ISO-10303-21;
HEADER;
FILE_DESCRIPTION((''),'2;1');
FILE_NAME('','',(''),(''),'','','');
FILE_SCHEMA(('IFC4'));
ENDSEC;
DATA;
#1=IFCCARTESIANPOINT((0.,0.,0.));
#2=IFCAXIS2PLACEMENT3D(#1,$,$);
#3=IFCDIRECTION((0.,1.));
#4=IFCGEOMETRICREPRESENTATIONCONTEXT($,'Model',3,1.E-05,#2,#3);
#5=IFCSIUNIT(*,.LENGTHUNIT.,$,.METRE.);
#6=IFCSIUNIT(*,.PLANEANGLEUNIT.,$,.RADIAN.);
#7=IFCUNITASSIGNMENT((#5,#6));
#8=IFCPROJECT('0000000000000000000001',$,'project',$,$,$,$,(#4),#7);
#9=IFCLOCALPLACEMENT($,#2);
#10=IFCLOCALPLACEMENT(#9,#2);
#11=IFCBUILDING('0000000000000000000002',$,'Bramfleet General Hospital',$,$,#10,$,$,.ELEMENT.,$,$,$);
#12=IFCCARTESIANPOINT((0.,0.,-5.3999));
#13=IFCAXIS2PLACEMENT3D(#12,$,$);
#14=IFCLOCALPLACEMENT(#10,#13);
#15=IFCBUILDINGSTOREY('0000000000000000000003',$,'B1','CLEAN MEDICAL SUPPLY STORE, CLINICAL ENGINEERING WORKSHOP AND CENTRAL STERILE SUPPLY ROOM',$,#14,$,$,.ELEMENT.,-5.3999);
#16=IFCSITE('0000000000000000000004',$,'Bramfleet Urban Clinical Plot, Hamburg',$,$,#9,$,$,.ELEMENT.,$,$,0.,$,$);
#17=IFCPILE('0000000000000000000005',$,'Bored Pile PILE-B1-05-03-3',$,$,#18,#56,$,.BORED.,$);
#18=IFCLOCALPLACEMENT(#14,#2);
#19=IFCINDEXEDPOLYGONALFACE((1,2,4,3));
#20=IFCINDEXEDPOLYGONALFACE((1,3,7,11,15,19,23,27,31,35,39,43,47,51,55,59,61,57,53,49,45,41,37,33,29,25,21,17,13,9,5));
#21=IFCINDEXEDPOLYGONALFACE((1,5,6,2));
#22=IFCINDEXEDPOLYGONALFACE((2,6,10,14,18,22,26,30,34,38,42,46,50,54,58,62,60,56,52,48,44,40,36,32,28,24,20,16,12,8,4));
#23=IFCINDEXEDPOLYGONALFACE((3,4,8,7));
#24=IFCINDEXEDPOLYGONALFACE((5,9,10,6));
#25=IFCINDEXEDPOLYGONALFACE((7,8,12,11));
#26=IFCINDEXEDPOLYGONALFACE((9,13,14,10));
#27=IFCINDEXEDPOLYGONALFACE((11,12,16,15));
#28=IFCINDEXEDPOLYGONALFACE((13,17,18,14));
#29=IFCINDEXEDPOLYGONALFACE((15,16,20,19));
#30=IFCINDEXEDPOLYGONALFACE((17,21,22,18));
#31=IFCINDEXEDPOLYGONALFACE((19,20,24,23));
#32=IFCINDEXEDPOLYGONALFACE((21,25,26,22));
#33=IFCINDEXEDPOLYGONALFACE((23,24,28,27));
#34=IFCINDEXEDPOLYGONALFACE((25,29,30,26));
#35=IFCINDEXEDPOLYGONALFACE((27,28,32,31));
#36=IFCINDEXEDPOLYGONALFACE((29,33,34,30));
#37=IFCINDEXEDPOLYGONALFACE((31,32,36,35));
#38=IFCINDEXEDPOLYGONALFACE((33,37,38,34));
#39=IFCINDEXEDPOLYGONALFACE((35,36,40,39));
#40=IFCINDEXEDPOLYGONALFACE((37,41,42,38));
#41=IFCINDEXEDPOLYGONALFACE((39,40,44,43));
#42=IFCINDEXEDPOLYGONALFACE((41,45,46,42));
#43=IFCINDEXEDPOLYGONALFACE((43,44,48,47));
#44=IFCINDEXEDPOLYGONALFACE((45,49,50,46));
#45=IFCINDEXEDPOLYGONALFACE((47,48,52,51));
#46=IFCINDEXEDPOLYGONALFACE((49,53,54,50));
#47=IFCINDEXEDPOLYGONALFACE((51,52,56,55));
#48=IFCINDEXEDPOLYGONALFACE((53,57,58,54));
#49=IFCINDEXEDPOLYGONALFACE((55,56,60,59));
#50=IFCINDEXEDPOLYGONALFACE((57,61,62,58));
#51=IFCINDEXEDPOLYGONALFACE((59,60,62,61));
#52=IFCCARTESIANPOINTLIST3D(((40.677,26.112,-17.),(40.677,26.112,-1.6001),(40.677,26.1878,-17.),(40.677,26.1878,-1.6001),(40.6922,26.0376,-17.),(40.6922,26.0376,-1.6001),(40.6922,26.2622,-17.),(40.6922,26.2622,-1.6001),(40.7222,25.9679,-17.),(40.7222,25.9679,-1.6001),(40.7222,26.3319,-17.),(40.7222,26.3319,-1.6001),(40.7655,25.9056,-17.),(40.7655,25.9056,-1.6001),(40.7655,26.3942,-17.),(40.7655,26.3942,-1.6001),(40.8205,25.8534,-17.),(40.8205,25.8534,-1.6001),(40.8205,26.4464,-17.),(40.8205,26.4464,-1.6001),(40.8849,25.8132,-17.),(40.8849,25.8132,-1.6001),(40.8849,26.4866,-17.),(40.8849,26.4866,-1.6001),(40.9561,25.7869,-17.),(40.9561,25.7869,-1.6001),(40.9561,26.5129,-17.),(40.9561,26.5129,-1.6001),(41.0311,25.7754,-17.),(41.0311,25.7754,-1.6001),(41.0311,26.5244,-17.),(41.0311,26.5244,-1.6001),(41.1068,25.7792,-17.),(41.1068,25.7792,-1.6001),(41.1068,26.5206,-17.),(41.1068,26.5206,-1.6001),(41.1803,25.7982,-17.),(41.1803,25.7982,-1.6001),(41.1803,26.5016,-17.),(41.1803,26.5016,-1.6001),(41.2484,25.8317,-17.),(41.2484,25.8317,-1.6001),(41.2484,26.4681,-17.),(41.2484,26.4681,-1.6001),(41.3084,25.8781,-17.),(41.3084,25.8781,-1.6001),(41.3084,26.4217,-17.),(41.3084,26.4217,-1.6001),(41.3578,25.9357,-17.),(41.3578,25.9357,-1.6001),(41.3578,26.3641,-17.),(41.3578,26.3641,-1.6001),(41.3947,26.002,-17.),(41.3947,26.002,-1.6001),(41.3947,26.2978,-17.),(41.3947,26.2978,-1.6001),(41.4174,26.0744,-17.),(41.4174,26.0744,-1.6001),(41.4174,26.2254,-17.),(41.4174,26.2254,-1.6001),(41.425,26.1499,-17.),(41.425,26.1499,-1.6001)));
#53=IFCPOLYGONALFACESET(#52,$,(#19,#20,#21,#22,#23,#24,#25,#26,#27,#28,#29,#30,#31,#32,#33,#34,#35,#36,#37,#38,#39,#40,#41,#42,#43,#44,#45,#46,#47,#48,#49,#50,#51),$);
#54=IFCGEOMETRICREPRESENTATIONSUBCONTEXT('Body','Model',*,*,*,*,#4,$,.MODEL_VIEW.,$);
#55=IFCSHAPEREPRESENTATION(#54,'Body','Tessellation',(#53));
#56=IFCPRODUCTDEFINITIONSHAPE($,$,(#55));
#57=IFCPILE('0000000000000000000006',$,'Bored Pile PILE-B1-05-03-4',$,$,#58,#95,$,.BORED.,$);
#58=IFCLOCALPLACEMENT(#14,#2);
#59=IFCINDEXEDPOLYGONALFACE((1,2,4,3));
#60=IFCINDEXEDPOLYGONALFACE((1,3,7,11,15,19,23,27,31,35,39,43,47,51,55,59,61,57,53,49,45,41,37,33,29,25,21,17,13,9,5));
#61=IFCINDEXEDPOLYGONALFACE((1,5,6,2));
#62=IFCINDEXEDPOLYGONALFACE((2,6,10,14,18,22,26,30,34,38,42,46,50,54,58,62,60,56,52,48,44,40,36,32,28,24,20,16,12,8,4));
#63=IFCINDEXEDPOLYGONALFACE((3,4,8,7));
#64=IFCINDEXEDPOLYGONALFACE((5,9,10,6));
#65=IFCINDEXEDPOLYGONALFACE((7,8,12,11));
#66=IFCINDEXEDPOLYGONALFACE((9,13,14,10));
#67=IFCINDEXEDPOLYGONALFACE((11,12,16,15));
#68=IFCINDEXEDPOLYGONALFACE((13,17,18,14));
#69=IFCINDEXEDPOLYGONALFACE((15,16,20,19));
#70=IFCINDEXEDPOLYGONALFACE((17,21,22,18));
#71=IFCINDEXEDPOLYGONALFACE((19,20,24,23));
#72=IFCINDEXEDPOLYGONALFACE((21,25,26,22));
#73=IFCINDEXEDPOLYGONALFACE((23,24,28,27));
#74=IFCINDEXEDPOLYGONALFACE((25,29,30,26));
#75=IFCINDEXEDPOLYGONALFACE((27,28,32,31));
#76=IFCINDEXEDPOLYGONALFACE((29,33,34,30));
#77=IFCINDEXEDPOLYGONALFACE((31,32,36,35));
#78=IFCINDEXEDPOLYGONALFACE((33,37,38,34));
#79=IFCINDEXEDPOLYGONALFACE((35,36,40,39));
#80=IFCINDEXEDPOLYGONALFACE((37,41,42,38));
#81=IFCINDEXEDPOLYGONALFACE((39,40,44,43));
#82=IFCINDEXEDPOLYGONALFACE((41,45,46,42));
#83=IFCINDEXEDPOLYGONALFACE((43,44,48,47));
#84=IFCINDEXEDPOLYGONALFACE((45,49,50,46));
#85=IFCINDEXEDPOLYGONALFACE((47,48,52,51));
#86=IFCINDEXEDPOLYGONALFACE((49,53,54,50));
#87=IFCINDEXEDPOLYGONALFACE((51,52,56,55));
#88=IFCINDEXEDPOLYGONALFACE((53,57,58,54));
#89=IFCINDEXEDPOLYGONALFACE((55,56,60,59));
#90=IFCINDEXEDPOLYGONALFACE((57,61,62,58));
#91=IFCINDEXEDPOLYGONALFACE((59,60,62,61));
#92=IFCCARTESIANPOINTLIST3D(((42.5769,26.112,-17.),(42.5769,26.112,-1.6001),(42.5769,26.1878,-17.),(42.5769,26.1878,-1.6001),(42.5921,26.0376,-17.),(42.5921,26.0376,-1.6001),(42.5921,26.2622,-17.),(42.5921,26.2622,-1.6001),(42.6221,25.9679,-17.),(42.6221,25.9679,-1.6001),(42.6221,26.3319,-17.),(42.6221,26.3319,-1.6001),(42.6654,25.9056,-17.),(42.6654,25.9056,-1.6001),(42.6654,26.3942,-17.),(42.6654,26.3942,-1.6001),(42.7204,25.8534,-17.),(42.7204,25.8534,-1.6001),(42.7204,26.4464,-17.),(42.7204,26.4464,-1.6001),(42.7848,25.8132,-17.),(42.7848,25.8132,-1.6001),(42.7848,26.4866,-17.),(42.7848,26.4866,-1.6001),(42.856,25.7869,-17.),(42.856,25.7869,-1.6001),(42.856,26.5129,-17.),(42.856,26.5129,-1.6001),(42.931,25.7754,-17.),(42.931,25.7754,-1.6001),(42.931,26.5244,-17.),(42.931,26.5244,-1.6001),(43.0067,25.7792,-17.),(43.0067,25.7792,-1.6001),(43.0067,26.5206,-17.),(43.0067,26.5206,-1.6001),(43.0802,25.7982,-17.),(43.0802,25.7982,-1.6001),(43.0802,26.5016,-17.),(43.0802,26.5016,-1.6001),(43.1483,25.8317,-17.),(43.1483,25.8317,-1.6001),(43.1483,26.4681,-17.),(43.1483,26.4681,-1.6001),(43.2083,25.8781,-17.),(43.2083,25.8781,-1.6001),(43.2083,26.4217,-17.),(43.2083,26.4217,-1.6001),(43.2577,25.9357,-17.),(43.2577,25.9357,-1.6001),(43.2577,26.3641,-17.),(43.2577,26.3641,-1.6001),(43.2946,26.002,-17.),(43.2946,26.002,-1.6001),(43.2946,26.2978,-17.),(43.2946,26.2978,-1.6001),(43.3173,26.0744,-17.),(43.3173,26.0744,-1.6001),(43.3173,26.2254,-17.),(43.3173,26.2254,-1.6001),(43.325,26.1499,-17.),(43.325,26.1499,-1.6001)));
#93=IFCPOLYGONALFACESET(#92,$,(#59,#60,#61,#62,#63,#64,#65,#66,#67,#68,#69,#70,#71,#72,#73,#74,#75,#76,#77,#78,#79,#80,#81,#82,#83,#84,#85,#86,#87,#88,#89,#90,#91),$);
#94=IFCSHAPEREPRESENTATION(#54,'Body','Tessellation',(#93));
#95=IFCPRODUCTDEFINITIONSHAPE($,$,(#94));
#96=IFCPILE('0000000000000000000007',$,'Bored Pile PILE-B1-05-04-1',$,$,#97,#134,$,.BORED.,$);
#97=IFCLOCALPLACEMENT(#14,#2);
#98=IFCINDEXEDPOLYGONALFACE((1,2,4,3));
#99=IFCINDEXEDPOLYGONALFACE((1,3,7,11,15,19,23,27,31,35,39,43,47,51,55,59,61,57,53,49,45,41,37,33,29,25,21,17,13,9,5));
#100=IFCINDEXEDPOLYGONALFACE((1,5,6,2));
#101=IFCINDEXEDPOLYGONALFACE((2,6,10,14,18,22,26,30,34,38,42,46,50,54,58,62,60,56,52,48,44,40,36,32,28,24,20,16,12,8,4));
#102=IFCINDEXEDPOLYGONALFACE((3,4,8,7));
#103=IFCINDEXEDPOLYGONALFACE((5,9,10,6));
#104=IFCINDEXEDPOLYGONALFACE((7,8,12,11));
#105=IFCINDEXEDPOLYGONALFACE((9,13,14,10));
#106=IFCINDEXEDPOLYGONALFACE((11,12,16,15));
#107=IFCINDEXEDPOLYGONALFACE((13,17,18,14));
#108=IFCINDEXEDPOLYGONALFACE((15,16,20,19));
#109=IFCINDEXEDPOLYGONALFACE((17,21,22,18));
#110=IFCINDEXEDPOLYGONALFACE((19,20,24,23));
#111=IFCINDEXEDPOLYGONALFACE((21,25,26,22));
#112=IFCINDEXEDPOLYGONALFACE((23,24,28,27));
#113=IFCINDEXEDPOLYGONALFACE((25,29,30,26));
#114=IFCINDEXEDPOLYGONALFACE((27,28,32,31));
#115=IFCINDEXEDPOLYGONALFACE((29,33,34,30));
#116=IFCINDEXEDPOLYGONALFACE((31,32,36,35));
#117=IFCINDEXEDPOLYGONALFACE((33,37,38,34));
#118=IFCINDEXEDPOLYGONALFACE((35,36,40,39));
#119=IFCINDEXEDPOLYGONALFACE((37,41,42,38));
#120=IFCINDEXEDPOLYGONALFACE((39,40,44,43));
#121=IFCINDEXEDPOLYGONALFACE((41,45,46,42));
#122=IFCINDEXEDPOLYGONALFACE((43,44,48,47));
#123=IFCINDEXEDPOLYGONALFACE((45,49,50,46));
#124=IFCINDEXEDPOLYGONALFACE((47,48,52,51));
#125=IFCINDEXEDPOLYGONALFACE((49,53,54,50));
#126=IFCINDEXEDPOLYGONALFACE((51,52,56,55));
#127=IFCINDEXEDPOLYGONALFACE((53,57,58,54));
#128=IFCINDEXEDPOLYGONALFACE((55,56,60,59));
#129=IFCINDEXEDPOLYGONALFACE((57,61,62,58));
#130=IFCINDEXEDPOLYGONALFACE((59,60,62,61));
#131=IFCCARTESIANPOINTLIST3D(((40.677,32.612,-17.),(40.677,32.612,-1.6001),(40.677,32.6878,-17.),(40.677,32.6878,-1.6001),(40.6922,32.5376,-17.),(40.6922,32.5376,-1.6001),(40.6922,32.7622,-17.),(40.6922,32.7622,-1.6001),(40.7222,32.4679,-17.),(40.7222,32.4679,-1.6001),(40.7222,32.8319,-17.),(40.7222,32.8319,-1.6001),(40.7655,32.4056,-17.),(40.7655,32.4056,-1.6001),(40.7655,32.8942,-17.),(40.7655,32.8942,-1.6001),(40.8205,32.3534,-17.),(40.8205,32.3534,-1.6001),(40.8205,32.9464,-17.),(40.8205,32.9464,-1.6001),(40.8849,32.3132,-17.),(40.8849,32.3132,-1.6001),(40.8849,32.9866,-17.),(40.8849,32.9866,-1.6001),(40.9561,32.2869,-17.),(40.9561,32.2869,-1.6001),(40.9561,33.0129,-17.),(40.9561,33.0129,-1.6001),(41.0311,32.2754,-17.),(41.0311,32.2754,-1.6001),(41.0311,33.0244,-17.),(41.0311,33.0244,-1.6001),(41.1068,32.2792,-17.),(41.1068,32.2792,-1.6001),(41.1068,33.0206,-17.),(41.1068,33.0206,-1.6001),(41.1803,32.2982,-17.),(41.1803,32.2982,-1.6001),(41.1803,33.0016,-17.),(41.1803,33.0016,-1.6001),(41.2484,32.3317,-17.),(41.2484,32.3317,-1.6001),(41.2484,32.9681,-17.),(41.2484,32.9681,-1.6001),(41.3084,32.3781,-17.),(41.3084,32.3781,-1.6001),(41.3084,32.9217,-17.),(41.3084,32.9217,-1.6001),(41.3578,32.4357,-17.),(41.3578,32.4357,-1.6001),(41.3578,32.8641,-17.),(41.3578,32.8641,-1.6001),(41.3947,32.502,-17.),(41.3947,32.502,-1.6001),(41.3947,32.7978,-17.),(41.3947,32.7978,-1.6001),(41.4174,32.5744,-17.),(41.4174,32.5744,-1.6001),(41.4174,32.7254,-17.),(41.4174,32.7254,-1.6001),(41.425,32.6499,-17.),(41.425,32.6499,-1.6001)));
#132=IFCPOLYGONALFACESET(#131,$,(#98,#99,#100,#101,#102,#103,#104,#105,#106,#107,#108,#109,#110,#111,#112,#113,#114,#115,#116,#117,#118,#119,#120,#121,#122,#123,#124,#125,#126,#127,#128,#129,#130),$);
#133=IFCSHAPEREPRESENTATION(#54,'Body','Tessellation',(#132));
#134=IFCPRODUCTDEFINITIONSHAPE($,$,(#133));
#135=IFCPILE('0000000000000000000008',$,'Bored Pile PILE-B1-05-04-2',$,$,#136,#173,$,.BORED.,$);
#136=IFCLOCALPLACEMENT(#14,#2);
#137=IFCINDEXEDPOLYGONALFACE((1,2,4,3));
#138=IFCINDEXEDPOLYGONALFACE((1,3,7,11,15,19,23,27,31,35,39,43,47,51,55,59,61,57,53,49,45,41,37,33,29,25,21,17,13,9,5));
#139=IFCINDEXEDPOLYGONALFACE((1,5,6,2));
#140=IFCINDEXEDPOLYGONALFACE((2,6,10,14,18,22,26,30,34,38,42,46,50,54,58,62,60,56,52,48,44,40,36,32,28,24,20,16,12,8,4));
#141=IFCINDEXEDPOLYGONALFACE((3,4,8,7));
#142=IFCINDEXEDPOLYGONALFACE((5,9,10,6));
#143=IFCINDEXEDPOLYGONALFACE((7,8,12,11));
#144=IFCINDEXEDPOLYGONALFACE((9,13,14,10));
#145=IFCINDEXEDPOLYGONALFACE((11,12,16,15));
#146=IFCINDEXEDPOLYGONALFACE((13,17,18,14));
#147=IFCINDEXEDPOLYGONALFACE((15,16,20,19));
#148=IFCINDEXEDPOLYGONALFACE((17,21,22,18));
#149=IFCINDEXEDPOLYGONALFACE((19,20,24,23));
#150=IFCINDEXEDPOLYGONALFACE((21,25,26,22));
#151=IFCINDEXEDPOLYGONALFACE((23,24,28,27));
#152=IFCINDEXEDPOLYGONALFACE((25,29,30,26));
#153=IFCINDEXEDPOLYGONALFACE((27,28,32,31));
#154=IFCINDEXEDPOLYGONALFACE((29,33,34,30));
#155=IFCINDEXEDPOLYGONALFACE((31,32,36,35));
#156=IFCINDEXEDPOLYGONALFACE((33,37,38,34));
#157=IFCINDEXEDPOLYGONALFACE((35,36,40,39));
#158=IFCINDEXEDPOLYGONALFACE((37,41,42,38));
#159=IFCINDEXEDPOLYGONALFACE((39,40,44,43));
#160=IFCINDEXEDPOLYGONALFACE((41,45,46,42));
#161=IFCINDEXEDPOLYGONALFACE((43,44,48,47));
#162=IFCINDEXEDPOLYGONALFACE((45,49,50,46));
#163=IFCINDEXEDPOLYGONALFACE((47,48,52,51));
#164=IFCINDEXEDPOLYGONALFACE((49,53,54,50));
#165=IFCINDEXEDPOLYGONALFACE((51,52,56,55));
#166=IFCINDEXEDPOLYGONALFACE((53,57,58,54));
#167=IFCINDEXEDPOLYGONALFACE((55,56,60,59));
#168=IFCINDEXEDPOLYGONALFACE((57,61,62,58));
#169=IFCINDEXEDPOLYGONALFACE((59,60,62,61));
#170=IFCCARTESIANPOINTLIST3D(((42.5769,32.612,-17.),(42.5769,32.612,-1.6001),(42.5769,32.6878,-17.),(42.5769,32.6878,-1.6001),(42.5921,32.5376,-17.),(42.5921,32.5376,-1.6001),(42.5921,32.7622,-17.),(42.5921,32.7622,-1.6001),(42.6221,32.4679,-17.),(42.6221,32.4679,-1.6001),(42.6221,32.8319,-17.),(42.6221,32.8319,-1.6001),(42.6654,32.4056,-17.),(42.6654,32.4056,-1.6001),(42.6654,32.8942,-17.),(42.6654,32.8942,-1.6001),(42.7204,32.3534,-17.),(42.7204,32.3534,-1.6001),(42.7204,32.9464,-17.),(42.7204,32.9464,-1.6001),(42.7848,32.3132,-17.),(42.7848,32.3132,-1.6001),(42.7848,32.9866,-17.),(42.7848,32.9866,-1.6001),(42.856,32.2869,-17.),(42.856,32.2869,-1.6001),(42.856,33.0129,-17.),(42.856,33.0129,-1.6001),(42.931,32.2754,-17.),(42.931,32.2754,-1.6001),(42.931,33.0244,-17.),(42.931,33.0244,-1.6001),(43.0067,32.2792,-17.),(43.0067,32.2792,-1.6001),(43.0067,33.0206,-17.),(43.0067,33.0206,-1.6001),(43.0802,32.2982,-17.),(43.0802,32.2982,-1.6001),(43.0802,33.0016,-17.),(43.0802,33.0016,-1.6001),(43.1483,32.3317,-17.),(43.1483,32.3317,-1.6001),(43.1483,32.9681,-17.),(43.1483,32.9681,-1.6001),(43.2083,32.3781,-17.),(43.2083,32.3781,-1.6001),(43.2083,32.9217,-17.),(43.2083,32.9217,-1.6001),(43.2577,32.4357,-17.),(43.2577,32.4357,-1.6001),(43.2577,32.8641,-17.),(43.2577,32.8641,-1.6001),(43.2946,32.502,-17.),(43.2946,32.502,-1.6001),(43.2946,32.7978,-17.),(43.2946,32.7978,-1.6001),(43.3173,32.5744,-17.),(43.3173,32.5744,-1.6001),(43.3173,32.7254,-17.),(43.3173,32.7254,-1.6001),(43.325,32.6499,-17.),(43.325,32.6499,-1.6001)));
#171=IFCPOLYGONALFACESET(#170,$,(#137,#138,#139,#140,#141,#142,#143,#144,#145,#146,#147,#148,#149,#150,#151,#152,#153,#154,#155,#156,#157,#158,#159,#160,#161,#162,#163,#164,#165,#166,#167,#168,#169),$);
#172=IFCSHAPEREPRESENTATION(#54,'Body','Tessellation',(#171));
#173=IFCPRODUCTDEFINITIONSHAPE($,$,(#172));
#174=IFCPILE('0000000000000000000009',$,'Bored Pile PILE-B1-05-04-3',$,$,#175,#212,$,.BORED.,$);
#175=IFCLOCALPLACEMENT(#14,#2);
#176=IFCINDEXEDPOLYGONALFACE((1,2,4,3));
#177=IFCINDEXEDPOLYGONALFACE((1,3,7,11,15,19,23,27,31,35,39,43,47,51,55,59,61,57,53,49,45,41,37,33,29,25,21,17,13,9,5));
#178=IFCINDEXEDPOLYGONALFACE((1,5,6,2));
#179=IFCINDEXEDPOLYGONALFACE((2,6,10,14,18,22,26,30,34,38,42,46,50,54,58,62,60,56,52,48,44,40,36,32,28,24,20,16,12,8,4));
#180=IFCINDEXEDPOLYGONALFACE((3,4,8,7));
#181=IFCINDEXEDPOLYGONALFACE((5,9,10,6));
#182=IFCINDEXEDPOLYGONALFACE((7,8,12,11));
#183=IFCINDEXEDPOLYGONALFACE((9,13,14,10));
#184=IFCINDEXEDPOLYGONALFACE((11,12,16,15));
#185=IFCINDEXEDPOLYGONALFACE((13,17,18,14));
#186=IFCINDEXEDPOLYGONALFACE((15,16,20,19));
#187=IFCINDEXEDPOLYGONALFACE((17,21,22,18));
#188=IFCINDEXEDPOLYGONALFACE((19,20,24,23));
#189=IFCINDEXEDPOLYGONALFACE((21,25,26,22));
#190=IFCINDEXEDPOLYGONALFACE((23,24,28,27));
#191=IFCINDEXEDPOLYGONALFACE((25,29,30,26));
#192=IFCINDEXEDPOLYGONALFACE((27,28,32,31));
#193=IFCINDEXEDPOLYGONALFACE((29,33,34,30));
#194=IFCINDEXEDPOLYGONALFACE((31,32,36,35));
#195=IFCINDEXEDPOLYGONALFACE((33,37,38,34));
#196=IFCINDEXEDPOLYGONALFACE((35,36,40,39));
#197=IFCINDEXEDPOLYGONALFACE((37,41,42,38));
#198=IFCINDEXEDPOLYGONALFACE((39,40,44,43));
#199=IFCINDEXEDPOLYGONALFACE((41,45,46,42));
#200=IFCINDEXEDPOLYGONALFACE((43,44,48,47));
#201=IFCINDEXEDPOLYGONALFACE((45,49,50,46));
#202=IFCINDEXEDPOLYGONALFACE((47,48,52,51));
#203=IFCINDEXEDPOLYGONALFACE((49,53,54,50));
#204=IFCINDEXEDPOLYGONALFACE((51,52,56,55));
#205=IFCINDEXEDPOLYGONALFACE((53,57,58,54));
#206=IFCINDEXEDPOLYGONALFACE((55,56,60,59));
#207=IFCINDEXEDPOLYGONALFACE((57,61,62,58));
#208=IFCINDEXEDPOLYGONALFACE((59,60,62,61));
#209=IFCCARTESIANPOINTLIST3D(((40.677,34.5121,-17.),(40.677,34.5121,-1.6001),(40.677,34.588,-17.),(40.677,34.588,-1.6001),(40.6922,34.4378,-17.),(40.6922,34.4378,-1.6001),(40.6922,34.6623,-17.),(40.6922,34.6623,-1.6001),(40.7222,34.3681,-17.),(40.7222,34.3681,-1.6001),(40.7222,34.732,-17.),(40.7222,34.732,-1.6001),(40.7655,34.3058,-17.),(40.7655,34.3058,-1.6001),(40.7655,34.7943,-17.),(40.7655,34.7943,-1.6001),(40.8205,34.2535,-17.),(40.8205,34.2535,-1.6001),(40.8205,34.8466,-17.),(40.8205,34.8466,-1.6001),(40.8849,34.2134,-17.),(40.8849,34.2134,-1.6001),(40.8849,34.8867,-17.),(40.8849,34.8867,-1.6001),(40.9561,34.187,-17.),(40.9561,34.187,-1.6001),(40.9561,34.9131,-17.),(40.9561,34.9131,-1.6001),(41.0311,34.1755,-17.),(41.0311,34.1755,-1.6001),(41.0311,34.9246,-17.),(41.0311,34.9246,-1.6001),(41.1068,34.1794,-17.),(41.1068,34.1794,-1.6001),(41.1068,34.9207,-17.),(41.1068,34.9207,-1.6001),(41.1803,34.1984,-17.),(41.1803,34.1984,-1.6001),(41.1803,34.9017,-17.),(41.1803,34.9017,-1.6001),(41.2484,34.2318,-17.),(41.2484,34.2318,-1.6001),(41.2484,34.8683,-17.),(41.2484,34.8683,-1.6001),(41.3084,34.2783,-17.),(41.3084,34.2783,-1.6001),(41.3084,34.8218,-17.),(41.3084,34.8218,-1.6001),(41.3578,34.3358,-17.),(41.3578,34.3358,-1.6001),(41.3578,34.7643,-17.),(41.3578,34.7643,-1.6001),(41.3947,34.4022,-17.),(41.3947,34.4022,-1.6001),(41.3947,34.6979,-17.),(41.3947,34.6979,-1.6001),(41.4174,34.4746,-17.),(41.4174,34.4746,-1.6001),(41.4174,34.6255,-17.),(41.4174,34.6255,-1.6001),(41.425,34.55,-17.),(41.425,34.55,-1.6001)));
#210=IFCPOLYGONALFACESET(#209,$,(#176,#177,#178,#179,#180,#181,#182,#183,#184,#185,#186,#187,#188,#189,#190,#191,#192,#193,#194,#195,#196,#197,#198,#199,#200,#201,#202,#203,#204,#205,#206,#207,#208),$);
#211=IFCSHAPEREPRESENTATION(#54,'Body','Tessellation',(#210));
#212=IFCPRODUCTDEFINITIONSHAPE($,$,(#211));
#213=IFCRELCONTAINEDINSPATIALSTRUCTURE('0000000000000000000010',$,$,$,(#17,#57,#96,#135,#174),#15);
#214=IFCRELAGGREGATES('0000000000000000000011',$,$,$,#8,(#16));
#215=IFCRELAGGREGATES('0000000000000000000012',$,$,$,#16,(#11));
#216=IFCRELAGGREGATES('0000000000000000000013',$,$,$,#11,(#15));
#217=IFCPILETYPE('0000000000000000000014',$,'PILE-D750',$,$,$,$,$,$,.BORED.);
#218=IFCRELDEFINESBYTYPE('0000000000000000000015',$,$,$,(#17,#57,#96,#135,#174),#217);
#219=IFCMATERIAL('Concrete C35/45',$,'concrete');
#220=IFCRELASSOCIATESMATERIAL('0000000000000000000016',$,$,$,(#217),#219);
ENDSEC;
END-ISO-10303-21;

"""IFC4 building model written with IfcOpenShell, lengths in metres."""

from ifc_helpers import new_model, si_unit, direction, frame, origin, origin_2d, place, context, subcontext, project, spatial, circle, extrude, material, material_profile, profile_set, type_object, element, save


model = new_model("IFC4")

# Units and contexts
model_context = context("Model", 3, precision=1e-05, world=origin(), true_north=direction((0.0, 1.0)))
body_context = subcontext(model_context, "Body", "Model", "MODEL_VIEW")
ifc_project = project(units=[si_unit("LENGTHUNIT", "METRE"), si_unit("PLANEANGLEUNIT", "RADIAN")], contexts=[model_context])

# Site, building, storey
site_placement = place(None, origin())
site = spatial("IfcSite", under=ifc_project, at=site_placement, Name="Bramfleet Urban Clinical Plot, Hamburg", CompositionType="ELEMENT", RefElevation=0.0)
building_placement = place(site_placement, origin())
building = spatial("IfcBuilding", under=site, at=building_placement, Name="Bramfleet General Hospital", CompositionType="ELEMENT")
storey_placement = place(building_placement, frame((0.0, 0.0, -5.3999)))
storey = spatial("IfcBuildingStorey", under=building, at=storey_placement, Name="B1", Description="CLEAN MEDICAL SUPPLY STORE, CLINICAL ENGINEERING WORKSHOP AND CENTRAL STERILE SUPPLY ROOM", CompositionType="ELEMENT", Elevation=-5.3999)

# Shared definitions
ifc_material_1 = material(Name="Concrete C35/45", Category="concrete")

# Piles
ifc_material_profile_1 = material_profile(ifc_material_1, circle(Radius=0.375, at=origin_2d()), Name="PILE BORED D750")
ifc_profile_set_1 = profile_set([ifc_material_profile_1], Name="Concrete C35/45")
pile_type_1 = type_object("IfcPileType", Name="PILE-D750", PredefinedType="BORED", material=ifc_profile_set_1)
for number, where, z_axis, x_axis, name in (
    (1, (41.05, 26.1499, -1.6001), (0.0, 0.0, -1.0), (1.0, 0.0, 0.0), "Bored Pile PILE-B1-05-03-3"),
    (2, (42.95, 26.1499, -1.6001), (0.0, 0.0, -1.0), (1.0, 0.0, 0.0), "Bored Pile PILE-B1-05-03-4"),
    (3, (41.05, 32.6499, -1.6001), (0.0, 0.0, -1.0), (1.0, 0.0, 0.0), "Bored Pile PILE-B1-05-04-1"),
    (4, (42.95, 32.6499, -1.6001), (0.0, 0.0, -1.0), (1.0, 0.0, 0.0), "Bored Pile PILE-B1-05-04-2"),
    (5, (41.05, 34.55, -1.6001), (0.0, 0.0, -1.0), (1.0, 0.0, 0.0), "Bored Pile PILE-B1-05-04-3"),
):
    element("IfcPile", number, at=place(storey_placement, frame(where, z_axis=z_axis, x_axis=x_axis)), inside=storey, type_object=pile_type_1, Name=name, PredefinedType="BORED", context=body_context, shape_type="SweptSolid", body=[
        extrude(circle(Radius=0.375, at=origin_2d()), origin(), (0.0, 0.0, 1.0), 15.3999),
    ])

save(model, "model.ifc")
